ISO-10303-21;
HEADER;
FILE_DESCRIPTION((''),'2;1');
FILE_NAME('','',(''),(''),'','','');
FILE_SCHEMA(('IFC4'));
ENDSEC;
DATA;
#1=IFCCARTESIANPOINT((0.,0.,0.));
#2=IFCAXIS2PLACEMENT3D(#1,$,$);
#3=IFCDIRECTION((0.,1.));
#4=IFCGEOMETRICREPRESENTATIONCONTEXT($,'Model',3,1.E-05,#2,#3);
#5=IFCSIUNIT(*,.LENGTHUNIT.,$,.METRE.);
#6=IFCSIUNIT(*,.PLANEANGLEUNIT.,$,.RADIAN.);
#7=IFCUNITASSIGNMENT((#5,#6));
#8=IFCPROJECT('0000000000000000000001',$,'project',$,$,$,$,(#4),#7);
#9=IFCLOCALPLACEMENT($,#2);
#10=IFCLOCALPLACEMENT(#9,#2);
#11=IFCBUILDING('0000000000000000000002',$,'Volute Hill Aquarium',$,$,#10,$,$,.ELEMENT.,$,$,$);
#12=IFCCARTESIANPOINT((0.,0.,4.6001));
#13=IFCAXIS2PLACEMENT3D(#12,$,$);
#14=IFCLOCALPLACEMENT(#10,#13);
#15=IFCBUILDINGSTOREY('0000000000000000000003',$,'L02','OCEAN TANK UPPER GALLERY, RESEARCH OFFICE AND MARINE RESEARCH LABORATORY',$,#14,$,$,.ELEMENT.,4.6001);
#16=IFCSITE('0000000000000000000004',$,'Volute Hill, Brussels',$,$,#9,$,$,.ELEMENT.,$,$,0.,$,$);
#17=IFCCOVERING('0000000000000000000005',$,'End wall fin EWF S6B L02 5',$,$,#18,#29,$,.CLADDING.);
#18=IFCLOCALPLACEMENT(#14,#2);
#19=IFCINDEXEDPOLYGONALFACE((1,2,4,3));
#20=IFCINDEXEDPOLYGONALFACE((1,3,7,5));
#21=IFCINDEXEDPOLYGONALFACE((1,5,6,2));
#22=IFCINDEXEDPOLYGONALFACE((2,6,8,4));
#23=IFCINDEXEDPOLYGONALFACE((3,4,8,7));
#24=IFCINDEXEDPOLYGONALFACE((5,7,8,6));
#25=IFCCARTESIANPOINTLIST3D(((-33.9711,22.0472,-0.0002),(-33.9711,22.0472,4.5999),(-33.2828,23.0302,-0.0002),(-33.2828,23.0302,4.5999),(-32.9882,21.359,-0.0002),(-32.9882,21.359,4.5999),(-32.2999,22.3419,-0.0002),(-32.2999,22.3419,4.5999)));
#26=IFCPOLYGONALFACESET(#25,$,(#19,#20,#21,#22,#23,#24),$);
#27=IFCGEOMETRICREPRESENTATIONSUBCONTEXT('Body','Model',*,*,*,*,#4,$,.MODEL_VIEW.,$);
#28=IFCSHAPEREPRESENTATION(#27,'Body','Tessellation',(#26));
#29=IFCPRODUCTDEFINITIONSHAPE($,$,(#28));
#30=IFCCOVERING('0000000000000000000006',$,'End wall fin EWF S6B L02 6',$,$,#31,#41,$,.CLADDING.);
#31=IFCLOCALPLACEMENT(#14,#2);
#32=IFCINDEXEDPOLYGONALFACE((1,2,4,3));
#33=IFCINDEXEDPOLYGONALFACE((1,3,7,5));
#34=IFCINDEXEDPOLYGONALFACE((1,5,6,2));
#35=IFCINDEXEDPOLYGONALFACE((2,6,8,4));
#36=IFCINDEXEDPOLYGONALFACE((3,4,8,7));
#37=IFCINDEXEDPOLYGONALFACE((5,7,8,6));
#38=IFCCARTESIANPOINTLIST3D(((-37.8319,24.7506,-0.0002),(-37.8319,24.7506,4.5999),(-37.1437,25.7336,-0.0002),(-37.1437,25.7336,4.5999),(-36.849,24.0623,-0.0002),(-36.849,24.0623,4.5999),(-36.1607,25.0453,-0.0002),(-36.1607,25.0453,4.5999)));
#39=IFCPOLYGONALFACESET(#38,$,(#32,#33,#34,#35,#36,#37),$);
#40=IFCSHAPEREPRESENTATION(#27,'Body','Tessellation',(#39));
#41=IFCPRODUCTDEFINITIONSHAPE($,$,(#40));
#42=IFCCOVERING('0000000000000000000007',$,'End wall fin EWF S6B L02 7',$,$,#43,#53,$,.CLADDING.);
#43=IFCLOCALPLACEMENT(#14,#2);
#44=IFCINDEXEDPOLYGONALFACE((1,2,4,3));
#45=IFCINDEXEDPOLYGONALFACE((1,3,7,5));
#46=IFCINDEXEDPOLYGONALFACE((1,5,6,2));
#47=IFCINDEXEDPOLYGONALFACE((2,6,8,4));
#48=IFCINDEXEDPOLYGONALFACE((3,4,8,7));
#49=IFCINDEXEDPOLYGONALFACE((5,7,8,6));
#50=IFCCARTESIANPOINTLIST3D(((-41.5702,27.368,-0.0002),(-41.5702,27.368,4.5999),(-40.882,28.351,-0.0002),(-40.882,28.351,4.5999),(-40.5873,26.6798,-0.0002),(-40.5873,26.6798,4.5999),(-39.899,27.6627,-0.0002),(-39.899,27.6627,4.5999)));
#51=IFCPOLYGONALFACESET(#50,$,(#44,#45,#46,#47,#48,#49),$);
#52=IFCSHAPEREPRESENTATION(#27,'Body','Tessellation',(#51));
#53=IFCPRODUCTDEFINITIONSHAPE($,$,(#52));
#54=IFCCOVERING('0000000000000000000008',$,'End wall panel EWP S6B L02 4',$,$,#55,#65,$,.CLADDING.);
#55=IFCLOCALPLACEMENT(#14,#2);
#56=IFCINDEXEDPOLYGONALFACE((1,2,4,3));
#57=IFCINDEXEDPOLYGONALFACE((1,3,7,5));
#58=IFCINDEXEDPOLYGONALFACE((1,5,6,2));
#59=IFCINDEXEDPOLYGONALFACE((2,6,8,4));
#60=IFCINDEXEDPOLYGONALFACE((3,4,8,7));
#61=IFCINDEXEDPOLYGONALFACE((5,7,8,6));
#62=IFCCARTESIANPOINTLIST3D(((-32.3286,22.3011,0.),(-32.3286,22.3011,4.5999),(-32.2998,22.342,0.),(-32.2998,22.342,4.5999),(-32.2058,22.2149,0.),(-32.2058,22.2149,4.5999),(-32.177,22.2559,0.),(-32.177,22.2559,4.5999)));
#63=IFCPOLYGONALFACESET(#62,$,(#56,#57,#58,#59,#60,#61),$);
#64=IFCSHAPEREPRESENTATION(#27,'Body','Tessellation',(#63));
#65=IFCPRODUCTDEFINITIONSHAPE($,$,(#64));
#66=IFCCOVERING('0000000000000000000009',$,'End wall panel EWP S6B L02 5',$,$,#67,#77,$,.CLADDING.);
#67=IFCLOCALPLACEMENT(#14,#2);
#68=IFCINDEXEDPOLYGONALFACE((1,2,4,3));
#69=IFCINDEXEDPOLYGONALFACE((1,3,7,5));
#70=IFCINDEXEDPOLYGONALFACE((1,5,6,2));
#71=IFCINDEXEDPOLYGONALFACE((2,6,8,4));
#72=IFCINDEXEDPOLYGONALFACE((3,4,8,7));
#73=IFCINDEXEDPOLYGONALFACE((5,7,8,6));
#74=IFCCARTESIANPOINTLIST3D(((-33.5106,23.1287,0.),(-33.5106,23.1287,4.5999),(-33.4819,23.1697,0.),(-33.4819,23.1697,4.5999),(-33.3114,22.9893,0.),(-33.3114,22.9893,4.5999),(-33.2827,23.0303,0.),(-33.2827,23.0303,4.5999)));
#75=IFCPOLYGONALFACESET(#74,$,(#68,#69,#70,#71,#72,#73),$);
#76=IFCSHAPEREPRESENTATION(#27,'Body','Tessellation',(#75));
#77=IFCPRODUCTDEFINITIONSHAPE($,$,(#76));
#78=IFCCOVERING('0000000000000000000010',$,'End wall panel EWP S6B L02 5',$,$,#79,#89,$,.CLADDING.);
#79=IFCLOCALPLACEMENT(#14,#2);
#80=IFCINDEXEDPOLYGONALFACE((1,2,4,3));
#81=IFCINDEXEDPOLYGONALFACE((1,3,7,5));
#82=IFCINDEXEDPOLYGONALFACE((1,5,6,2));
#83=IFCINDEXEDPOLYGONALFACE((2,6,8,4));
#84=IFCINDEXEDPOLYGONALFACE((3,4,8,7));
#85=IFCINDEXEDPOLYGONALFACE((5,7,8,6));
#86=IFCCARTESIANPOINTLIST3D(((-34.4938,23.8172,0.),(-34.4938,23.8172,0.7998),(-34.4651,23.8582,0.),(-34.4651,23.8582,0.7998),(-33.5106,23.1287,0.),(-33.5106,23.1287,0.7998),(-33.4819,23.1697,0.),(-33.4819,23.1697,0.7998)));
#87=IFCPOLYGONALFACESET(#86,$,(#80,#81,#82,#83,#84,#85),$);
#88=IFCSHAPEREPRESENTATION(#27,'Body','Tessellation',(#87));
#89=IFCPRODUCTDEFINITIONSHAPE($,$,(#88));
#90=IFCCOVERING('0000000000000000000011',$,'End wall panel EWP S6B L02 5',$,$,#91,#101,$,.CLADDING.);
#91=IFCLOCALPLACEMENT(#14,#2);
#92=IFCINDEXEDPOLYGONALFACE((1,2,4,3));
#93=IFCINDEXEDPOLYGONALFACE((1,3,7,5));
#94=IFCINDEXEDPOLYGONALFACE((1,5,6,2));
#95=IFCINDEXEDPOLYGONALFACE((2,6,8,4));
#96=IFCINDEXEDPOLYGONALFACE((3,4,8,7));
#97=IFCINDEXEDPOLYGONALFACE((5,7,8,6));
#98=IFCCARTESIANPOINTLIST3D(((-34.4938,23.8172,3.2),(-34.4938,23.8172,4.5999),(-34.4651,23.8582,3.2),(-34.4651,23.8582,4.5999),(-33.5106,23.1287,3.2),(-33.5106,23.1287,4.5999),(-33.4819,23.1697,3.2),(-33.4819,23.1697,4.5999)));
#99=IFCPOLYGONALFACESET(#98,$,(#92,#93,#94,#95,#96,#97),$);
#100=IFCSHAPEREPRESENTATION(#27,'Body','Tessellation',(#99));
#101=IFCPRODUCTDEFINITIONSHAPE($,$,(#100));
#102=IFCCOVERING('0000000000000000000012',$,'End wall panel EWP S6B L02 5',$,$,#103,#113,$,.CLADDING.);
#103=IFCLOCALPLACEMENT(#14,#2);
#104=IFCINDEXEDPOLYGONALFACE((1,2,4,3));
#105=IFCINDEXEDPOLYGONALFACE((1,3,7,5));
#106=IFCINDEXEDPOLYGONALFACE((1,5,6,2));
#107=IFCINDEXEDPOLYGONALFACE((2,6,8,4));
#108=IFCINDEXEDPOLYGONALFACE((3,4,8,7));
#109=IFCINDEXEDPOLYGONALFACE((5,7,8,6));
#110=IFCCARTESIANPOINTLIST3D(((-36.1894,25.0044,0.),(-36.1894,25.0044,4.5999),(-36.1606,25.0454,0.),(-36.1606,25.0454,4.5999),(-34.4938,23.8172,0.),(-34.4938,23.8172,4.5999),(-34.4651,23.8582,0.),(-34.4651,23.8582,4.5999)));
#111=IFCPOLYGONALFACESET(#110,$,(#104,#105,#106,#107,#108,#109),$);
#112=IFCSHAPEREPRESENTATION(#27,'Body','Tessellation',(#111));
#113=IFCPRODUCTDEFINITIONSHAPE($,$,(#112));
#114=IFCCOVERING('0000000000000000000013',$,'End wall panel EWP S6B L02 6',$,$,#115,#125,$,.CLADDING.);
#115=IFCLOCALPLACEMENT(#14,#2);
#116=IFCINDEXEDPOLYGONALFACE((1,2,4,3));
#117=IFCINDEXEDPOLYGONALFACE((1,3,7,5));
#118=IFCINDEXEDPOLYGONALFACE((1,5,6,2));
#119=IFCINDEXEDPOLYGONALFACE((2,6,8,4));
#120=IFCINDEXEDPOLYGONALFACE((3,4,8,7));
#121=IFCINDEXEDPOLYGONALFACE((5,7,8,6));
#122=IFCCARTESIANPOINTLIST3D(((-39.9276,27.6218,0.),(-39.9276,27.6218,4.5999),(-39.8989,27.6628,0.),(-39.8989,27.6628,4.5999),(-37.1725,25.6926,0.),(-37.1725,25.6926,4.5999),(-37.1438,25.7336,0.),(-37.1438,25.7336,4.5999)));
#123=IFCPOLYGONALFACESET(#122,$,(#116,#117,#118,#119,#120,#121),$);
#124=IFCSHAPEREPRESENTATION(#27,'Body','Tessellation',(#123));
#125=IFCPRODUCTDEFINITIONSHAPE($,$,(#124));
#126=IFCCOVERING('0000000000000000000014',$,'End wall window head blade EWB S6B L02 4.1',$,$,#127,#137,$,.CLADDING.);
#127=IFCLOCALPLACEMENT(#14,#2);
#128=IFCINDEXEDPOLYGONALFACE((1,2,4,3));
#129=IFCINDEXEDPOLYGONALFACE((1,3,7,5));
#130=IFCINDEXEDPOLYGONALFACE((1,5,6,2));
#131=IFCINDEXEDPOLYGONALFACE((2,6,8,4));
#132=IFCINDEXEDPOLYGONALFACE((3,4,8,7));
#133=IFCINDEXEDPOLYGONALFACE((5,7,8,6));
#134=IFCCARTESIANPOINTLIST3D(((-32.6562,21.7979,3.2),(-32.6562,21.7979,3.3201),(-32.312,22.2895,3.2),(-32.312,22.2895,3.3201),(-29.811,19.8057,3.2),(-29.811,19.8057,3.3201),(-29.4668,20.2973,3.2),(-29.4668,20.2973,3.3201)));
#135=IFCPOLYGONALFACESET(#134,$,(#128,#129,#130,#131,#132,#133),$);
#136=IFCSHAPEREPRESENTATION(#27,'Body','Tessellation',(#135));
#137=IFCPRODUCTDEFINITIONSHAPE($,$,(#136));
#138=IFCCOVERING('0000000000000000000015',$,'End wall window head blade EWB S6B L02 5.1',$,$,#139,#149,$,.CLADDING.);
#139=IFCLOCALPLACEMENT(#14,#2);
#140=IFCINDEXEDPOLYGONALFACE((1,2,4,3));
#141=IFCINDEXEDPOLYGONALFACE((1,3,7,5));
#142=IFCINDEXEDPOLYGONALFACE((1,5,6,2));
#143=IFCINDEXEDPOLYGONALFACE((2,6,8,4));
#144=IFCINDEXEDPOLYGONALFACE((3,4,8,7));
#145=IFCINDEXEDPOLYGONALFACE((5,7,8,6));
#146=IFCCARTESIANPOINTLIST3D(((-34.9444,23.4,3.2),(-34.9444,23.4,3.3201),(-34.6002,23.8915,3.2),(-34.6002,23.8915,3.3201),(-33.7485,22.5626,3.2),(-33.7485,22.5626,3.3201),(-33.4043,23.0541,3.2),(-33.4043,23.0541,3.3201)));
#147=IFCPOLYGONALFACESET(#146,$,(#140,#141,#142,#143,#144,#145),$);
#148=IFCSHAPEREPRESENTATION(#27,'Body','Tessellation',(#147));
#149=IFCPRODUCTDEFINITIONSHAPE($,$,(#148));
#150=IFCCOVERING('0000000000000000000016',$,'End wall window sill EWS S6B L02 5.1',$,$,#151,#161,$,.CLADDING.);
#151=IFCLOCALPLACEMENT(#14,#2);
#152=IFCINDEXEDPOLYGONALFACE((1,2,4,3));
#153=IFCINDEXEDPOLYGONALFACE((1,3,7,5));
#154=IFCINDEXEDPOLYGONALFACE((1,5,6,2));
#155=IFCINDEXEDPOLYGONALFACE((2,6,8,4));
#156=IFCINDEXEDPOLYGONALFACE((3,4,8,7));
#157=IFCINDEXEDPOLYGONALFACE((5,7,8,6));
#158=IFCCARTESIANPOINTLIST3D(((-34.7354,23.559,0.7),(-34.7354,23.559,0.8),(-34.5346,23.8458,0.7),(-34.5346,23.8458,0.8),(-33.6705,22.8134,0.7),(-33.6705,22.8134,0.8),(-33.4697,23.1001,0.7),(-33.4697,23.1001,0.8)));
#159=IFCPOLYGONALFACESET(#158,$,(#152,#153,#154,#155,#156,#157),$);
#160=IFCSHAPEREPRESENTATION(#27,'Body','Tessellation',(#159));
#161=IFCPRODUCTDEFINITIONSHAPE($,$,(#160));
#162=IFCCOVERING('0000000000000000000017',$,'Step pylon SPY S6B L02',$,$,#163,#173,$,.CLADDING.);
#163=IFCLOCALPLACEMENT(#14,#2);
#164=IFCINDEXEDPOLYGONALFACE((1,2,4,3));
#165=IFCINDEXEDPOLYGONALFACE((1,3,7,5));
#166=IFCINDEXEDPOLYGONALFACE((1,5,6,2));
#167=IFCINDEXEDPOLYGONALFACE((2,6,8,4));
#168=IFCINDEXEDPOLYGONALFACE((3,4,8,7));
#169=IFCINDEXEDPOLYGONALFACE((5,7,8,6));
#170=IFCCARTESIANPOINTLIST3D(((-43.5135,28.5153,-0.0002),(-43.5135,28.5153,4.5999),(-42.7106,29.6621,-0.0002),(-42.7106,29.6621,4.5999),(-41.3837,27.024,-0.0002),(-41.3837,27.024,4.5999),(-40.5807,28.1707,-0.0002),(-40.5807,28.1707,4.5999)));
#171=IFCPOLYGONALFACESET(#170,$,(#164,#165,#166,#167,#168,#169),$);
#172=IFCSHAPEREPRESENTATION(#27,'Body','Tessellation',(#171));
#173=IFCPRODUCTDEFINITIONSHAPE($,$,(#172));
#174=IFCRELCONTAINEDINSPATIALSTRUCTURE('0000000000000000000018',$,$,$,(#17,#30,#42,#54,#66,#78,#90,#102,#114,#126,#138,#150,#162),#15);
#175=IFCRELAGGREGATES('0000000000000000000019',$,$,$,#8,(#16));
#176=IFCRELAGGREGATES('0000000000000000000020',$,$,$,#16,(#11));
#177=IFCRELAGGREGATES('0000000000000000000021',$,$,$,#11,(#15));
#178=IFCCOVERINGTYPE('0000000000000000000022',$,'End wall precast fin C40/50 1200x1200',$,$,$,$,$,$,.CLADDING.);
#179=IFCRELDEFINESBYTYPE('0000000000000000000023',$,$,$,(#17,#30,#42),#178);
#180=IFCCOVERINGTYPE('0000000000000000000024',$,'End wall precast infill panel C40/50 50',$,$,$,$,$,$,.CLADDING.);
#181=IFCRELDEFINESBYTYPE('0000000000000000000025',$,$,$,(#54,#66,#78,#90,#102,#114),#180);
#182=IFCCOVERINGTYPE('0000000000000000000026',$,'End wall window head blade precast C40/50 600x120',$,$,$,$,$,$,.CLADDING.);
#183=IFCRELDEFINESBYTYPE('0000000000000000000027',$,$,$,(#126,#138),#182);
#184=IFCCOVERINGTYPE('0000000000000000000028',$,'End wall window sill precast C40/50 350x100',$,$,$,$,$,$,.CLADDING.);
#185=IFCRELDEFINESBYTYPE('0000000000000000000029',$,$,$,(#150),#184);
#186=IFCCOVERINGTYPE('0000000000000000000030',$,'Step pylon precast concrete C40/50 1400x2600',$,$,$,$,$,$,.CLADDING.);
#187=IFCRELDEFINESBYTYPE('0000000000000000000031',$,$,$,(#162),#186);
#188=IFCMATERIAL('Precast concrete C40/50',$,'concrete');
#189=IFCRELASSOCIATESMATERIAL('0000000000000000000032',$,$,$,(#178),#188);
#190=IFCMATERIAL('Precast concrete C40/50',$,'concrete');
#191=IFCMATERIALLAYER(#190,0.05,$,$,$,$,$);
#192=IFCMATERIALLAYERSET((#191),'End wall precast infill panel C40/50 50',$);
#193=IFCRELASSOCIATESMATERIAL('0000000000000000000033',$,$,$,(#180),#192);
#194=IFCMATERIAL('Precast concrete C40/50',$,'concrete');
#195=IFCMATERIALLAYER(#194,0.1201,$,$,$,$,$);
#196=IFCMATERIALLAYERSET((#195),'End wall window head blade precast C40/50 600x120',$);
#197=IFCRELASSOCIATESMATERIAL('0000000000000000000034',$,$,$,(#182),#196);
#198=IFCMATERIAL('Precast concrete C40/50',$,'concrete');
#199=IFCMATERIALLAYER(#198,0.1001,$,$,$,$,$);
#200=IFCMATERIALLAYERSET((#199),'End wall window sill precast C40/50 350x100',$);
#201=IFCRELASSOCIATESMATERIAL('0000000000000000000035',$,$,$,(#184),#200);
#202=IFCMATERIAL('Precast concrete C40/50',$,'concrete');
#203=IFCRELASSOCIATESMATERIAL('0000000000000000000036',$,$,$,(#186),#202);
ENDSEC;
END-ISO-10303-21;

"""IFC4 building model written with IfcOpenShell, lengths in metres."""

from ifc_helpers import new_model, si_unit, direction, frame, origin, origin_2d, place, context, subcontext, project, spatial, polyline, rectangle, outline, extrude, material, layer, layer_set, type_object, element, save


model = new_model("IFC4")

# Units and contexts
model_context = context("Model", 3, precision=1e-05, world=origin(), true_north=direction((0.0, 1.0)))
body_context = subcontext(model_context, "Body", "Model", "MODEL_VIEW")
ifc_project = project(units=[si_unit("LENGTHUNIT", "METRE"), si_unit("PLANEANGLEUNIT", "RADIAN")], contexts=[model_context])

# Site, building, storey
site_placement = place(None, origin())
site = spatial("IfcSite", under=ifc_project, at=site_placement, Name="Volute Hill, Brussels", CompositionType="ELEMENT", RefElevation=0.0)
building_placement = place(site_placement, origin())
building = spatial("IfcBuilding", under=site, at=building_placement, Name="Volute Hill Aquarium", CompositionType="ELEMENT")
storey_placement = place(building_placement, frame((0.0, 0.0, 4.6001)))
storey = spatial("IfcBuildingStorey", under=building, at=storey_placement, Name="L02", Description="OCEAN TANK UPPER GALLERY, RESEARCH OFFICE AND MARINE RESEARCH LABORATORY", CompositionType="ELEMENT", Elevation=4.6001)

# Coverings
ifc_material_1 = material(Name="Precast concrete C40/50", Category="concrete")
covering_type_1 = type_object("IfcCoveringType", Name="End wall precast fin C40/50 1200x1200", PredefinedType="CLADDING", material=ifc_material_1)
for number, where, z_axis, x_axis, name in (
    (1, (-33.1355, 22.1946, -0.0002), (0.0, 0.0, 1.0), (-0.819153, 0.573575, 0.0), "End wall fin EWF S6B L02 5"),
    (2, (-36.9963, 24.8979, -0.0002), (0.0, 0.0, 1.0), (-0.819153, 0.573575, 0.0), "End wall fin EWF S6B L02 6"),
    (3, (-40.7346, 27.5154, -0.0002), (0.0, 0.0, 1.0), (-0.819153, 0.573575, 0.0), "End wall fin EWF S6B L02 7"),
):
    element("IfcCovering", number, at=place(storey_placement, frame(where, z_axis=z_axis, x_axis=x_axis)), inside=storey, type_object=covering_type_1, Name=name, PredefinedType="CLADDING", context=body_context, shape_type="SweptSolid", body=[
        extrude(rectangle(XDim=1.2, YDim=1.2, at=origin_2d()), origin(), (0.0, 0.0, 1.0), 4.6001),
    ])
ifc_material_2 = material(Name="Precast concrete C40/50", Category="concrete")
ifc_layer_1 = layer(ifc_material_2, 0.05)
ifc_layer_set_1 = layer_set([ifc_layer_1], Name="End wall precast infill panel C40/50 50")
covering_type_2 = type_object("IfcCoveringType", Name="End wall precast infill panel C40/50 50", PredefinedType="CLADDING", material=ifc_layer_set_1)
covering_1_placement = place(storey_placement, frame((-32.177, 22.2559, 0.0), z_axis=(0.574445, 0.818543, 0.0), x_axis=(-0.818543, 0.574445, 0.0)))
element("IfcCovering", 4, at=covering_1_placement, inside=storey, type_object=covering_type_2, Name="End wall panel EWP S6B L02 4", PredefinedType="CLADDING", context=body_context, shape_type="SweptSolid", body=[
    extrude(outline(polyline([(0.0, 0.0), (0.15, 0.0), (0.15, 4.5999), (0.0, 4.5999), (0.0, 0.0)])), origin(), (0.0, 0.0, -1.0), 0.05),
])
covering_2_placement = place(storey_placement, frame((-33.2827, 23.0303, 0.0), z_axis=(0.573328, 0.819326, 0.0), x_axis=(-0.819326, 0.573328, 0.0)))
element("IfcCovering", 5, at=covering_2_placement, inside=storey, type_object=covering_type_2, Name="End wall panel EWP S6B L02 5", PredefinedType="CLADDING", context=body_context, shape_type="SweptSolid", body=[
    extrude(outline(polyline([(0.0, 0.0), (0.2431, 0.0), (0.2431, 4.5999), (0.0, 4.5999), (0.0, 0.0)])), origin(), (0.0, 0.0, -1.0), 0.05),
])
covering_3_placement = place(storey_placement, frame((-33.4819, 23.1697, 0.0), z_axis=(0.573613, 0.819127, 0.0), x_axis=(-0.819127, 0.573613, 0.0)))
element("IfcCovering", 6, at=covering_3_placement, inside=storey, type_object=covering_type_2, Name="End wall panel EWP S6B L02 5", PredefinedType="CLADDING", context=body_context, shape_type="SweptSolid", body=[
    extrude(outline(polyline([(0.0, 0.0), (1.2002, 0.0), (1.2002, 0.7998), (0.0, 0.7998), (0.0, 0.0)])), origin(), (0.0, 0.0, -1.0), 0.05),
])
covering_4_placement = place(storey_placement, frame((-33.4819, 23.1697, 3.2), z_axis=(0.573613, 0.819127, 0.0), x_axis=(-0.819127, 0.573613, 0.0)))
element("IfcCovering", 7, at=covering_4_placement, inside=storey, type_object=covering_type_2, Name="End wall panel EWP S6B L02 5", PredefinedType="CLADDING", context=body_context, shape_type="SweptSolid", body=[
    extrude(outline(polyline([(0.0, 0.0), (1.2002, 0.0), (1.2002, 1.3999), (0.0, 1.3999), (0.0, 0.0)])), origin(), (0.0, 0.0, -1.0), 0.05),
])
covering_5_placement = place(storey_placement, frame((-34.4651, 23.8582, 0.0), z_axis=(0.573581, 0.819149, 0.0), x_axis=(-0.819149, 0.573581, 0.0)))
element("IfcCovering", 8, at=covering_5_placement, inside=storey, type_object=covering_type_2, Name="End wall panel EWP S6B L02 5", PredefinedType="CLADDING", context=body_context, shape_type="SweptSolid", body=[
    extrude(outline(polyline([(0.0, 0.0), (2.0699, 0.0), (2.0699, 4.5999), (0.0, 4.5999), (0.0, 0.0)])), origin(), (0.0, 0.0, -1.0), 0.05),
])
covering_6_placement = place(storey_placement, frame((-37.1438, 25.7336, 0.0), z_axis=(0.573584, 0.819147, 0.0), x_axis=(-0.819147, 0.573584, 0.0)))
element("IfcCovering", 9, at=covering_6_placement, inside=storey, type_object=covering_type_2, Name="End wall panel EWP S6B L02 6", PredefinedType="CLADDING", context=body_context, shape_type="SweptSolid", body=[
    extrude(outline(polyline([(0.0, 0.0), (3.3634, 0.0), (3.3634, 4.5999), (0.0, 4.5999), (0.0, 0.0)])), origin(), (0.0, 0.0, -1.0), 0.05),
])
ifc_material_3 = material(Name="Precast concrete C40/50", Category="concrete")
ifc_layer_2 = layer(ifc_material_3, 0.1201)
ifc_layer_set_2 = layer_set([ifc_layer_2], Name="End wall window head blade precast C40/50 600x120")
covering_type_3 = type_object("IfcCoveringType", Name="End wall window head blade precast C40/50 600x120", PredefinedType="CLADDING", material=ifc_layer_set_2)
covering_7_placement = place(storey_placement, frame((-31.0615, 21.0476, 3.2), z_axis=(0.0, 0.0, 1.0), x_axis=(-0.819153, 0.573575, 0.0)))
element("IfcCovering", 10, at=covering_7_placement, inside=storey, type_object=covering_type_3, Name="End wall window head blade EWB S6B L02 4.1", PredefinedType="CLADDING", context=body_context, shape_type="SweptSolid", body=[
    extrude(rectangle(XDim=3.4734, YDim=0.6001, at=origin_2d()), origin(), (0.0, 0.0, 1.0), 0.1201),
])
covering_8_placement = place(storey_placement, frame((-34.1743, 23.2271, 3.2), z_axis=(0.0, 0.0, 1.0), x_axis=(-0.819153, 0.573575, 0.0)))
element("IfcCovering", 11, at=covering_8_placement, inside=storey, type_object=covering_type_3, Name="End wall window head blade EWB S6B L02 5.1", PredefinedType="CLADDING", context=body_context, shape_type="SweptSolid", body=[
    extrude(rectangle(XDim=1.46, YDim=0.6001, at=origin_2d()), origin(), (0.0, 0.0, 1.0), 0.1201),
])
ifc_material_4 = material(Name="Precast concrete C40/50", Category="concrete")
ifc_layer_3 = layer(ifc_material_4, 0.1001)
ifc_layer_set_3 = layer_set([ifc_layer_3], Name="End wall window sill precast C40/50 350x100")
covering_type_4 = type_object("IfcCoveringType", Name="End wall window sill precast C40/50 350x100", PredefinedType="CLADDING", material=ifc_layer_set_3)
covering_9_placement = place(storey_placement, frame((-34.1025, 23.3296, 0.7), z_axis=(0.0, 0.0, 1.0), x_axis=(-0.819153, 0.573575, 0.0)))
element("IfcCovering", 12, at=covering_9_placement, inside=storey, type_object=covering_type_4, Name="End wall window sill EWS S6B L02 5.1", PredefinedType="CLADDING", context=body_context, shape_type="SweptSolid", body=[
    extrude(rectangle(XDim=1.3, YDim=0.3501, at=origin_2d()), origin(), (0.0, 0.0, 1.0), 0.1001),
])

# Covering
ifc_material_5 = material(Name="Precast concrete C40/50", Category="concrete")
covering_type_5 = type_object("IfcCoveringType", Name="Step pylon precast concrete C40/50 1400x2600", PredefinedType="CLADDING", material=ifc_material_5)
covering_10_placement = place(storey_placement, frame((-42.0471, 28.343, -0.0002), z_axis=(0.0, 0.0, 1.0), x_axis=(-0.819152, 0.573576, 0.0)))
element("IfcCovering", 13, at=covering_10_placement, inside=storey, type_object=covering_type_5, Name="Step pylon SPY S6B L02", PredefinedType="CLADDING", context=body_context, shape_type="SweptSolid", body=[
    extrude(rectangle(XDim=2.6001, YDim=1.3999, at=origin_2d()), origin(), (0.0, 0.0, 1.0), 4.6001),
])

save(model, "model.ifc")
